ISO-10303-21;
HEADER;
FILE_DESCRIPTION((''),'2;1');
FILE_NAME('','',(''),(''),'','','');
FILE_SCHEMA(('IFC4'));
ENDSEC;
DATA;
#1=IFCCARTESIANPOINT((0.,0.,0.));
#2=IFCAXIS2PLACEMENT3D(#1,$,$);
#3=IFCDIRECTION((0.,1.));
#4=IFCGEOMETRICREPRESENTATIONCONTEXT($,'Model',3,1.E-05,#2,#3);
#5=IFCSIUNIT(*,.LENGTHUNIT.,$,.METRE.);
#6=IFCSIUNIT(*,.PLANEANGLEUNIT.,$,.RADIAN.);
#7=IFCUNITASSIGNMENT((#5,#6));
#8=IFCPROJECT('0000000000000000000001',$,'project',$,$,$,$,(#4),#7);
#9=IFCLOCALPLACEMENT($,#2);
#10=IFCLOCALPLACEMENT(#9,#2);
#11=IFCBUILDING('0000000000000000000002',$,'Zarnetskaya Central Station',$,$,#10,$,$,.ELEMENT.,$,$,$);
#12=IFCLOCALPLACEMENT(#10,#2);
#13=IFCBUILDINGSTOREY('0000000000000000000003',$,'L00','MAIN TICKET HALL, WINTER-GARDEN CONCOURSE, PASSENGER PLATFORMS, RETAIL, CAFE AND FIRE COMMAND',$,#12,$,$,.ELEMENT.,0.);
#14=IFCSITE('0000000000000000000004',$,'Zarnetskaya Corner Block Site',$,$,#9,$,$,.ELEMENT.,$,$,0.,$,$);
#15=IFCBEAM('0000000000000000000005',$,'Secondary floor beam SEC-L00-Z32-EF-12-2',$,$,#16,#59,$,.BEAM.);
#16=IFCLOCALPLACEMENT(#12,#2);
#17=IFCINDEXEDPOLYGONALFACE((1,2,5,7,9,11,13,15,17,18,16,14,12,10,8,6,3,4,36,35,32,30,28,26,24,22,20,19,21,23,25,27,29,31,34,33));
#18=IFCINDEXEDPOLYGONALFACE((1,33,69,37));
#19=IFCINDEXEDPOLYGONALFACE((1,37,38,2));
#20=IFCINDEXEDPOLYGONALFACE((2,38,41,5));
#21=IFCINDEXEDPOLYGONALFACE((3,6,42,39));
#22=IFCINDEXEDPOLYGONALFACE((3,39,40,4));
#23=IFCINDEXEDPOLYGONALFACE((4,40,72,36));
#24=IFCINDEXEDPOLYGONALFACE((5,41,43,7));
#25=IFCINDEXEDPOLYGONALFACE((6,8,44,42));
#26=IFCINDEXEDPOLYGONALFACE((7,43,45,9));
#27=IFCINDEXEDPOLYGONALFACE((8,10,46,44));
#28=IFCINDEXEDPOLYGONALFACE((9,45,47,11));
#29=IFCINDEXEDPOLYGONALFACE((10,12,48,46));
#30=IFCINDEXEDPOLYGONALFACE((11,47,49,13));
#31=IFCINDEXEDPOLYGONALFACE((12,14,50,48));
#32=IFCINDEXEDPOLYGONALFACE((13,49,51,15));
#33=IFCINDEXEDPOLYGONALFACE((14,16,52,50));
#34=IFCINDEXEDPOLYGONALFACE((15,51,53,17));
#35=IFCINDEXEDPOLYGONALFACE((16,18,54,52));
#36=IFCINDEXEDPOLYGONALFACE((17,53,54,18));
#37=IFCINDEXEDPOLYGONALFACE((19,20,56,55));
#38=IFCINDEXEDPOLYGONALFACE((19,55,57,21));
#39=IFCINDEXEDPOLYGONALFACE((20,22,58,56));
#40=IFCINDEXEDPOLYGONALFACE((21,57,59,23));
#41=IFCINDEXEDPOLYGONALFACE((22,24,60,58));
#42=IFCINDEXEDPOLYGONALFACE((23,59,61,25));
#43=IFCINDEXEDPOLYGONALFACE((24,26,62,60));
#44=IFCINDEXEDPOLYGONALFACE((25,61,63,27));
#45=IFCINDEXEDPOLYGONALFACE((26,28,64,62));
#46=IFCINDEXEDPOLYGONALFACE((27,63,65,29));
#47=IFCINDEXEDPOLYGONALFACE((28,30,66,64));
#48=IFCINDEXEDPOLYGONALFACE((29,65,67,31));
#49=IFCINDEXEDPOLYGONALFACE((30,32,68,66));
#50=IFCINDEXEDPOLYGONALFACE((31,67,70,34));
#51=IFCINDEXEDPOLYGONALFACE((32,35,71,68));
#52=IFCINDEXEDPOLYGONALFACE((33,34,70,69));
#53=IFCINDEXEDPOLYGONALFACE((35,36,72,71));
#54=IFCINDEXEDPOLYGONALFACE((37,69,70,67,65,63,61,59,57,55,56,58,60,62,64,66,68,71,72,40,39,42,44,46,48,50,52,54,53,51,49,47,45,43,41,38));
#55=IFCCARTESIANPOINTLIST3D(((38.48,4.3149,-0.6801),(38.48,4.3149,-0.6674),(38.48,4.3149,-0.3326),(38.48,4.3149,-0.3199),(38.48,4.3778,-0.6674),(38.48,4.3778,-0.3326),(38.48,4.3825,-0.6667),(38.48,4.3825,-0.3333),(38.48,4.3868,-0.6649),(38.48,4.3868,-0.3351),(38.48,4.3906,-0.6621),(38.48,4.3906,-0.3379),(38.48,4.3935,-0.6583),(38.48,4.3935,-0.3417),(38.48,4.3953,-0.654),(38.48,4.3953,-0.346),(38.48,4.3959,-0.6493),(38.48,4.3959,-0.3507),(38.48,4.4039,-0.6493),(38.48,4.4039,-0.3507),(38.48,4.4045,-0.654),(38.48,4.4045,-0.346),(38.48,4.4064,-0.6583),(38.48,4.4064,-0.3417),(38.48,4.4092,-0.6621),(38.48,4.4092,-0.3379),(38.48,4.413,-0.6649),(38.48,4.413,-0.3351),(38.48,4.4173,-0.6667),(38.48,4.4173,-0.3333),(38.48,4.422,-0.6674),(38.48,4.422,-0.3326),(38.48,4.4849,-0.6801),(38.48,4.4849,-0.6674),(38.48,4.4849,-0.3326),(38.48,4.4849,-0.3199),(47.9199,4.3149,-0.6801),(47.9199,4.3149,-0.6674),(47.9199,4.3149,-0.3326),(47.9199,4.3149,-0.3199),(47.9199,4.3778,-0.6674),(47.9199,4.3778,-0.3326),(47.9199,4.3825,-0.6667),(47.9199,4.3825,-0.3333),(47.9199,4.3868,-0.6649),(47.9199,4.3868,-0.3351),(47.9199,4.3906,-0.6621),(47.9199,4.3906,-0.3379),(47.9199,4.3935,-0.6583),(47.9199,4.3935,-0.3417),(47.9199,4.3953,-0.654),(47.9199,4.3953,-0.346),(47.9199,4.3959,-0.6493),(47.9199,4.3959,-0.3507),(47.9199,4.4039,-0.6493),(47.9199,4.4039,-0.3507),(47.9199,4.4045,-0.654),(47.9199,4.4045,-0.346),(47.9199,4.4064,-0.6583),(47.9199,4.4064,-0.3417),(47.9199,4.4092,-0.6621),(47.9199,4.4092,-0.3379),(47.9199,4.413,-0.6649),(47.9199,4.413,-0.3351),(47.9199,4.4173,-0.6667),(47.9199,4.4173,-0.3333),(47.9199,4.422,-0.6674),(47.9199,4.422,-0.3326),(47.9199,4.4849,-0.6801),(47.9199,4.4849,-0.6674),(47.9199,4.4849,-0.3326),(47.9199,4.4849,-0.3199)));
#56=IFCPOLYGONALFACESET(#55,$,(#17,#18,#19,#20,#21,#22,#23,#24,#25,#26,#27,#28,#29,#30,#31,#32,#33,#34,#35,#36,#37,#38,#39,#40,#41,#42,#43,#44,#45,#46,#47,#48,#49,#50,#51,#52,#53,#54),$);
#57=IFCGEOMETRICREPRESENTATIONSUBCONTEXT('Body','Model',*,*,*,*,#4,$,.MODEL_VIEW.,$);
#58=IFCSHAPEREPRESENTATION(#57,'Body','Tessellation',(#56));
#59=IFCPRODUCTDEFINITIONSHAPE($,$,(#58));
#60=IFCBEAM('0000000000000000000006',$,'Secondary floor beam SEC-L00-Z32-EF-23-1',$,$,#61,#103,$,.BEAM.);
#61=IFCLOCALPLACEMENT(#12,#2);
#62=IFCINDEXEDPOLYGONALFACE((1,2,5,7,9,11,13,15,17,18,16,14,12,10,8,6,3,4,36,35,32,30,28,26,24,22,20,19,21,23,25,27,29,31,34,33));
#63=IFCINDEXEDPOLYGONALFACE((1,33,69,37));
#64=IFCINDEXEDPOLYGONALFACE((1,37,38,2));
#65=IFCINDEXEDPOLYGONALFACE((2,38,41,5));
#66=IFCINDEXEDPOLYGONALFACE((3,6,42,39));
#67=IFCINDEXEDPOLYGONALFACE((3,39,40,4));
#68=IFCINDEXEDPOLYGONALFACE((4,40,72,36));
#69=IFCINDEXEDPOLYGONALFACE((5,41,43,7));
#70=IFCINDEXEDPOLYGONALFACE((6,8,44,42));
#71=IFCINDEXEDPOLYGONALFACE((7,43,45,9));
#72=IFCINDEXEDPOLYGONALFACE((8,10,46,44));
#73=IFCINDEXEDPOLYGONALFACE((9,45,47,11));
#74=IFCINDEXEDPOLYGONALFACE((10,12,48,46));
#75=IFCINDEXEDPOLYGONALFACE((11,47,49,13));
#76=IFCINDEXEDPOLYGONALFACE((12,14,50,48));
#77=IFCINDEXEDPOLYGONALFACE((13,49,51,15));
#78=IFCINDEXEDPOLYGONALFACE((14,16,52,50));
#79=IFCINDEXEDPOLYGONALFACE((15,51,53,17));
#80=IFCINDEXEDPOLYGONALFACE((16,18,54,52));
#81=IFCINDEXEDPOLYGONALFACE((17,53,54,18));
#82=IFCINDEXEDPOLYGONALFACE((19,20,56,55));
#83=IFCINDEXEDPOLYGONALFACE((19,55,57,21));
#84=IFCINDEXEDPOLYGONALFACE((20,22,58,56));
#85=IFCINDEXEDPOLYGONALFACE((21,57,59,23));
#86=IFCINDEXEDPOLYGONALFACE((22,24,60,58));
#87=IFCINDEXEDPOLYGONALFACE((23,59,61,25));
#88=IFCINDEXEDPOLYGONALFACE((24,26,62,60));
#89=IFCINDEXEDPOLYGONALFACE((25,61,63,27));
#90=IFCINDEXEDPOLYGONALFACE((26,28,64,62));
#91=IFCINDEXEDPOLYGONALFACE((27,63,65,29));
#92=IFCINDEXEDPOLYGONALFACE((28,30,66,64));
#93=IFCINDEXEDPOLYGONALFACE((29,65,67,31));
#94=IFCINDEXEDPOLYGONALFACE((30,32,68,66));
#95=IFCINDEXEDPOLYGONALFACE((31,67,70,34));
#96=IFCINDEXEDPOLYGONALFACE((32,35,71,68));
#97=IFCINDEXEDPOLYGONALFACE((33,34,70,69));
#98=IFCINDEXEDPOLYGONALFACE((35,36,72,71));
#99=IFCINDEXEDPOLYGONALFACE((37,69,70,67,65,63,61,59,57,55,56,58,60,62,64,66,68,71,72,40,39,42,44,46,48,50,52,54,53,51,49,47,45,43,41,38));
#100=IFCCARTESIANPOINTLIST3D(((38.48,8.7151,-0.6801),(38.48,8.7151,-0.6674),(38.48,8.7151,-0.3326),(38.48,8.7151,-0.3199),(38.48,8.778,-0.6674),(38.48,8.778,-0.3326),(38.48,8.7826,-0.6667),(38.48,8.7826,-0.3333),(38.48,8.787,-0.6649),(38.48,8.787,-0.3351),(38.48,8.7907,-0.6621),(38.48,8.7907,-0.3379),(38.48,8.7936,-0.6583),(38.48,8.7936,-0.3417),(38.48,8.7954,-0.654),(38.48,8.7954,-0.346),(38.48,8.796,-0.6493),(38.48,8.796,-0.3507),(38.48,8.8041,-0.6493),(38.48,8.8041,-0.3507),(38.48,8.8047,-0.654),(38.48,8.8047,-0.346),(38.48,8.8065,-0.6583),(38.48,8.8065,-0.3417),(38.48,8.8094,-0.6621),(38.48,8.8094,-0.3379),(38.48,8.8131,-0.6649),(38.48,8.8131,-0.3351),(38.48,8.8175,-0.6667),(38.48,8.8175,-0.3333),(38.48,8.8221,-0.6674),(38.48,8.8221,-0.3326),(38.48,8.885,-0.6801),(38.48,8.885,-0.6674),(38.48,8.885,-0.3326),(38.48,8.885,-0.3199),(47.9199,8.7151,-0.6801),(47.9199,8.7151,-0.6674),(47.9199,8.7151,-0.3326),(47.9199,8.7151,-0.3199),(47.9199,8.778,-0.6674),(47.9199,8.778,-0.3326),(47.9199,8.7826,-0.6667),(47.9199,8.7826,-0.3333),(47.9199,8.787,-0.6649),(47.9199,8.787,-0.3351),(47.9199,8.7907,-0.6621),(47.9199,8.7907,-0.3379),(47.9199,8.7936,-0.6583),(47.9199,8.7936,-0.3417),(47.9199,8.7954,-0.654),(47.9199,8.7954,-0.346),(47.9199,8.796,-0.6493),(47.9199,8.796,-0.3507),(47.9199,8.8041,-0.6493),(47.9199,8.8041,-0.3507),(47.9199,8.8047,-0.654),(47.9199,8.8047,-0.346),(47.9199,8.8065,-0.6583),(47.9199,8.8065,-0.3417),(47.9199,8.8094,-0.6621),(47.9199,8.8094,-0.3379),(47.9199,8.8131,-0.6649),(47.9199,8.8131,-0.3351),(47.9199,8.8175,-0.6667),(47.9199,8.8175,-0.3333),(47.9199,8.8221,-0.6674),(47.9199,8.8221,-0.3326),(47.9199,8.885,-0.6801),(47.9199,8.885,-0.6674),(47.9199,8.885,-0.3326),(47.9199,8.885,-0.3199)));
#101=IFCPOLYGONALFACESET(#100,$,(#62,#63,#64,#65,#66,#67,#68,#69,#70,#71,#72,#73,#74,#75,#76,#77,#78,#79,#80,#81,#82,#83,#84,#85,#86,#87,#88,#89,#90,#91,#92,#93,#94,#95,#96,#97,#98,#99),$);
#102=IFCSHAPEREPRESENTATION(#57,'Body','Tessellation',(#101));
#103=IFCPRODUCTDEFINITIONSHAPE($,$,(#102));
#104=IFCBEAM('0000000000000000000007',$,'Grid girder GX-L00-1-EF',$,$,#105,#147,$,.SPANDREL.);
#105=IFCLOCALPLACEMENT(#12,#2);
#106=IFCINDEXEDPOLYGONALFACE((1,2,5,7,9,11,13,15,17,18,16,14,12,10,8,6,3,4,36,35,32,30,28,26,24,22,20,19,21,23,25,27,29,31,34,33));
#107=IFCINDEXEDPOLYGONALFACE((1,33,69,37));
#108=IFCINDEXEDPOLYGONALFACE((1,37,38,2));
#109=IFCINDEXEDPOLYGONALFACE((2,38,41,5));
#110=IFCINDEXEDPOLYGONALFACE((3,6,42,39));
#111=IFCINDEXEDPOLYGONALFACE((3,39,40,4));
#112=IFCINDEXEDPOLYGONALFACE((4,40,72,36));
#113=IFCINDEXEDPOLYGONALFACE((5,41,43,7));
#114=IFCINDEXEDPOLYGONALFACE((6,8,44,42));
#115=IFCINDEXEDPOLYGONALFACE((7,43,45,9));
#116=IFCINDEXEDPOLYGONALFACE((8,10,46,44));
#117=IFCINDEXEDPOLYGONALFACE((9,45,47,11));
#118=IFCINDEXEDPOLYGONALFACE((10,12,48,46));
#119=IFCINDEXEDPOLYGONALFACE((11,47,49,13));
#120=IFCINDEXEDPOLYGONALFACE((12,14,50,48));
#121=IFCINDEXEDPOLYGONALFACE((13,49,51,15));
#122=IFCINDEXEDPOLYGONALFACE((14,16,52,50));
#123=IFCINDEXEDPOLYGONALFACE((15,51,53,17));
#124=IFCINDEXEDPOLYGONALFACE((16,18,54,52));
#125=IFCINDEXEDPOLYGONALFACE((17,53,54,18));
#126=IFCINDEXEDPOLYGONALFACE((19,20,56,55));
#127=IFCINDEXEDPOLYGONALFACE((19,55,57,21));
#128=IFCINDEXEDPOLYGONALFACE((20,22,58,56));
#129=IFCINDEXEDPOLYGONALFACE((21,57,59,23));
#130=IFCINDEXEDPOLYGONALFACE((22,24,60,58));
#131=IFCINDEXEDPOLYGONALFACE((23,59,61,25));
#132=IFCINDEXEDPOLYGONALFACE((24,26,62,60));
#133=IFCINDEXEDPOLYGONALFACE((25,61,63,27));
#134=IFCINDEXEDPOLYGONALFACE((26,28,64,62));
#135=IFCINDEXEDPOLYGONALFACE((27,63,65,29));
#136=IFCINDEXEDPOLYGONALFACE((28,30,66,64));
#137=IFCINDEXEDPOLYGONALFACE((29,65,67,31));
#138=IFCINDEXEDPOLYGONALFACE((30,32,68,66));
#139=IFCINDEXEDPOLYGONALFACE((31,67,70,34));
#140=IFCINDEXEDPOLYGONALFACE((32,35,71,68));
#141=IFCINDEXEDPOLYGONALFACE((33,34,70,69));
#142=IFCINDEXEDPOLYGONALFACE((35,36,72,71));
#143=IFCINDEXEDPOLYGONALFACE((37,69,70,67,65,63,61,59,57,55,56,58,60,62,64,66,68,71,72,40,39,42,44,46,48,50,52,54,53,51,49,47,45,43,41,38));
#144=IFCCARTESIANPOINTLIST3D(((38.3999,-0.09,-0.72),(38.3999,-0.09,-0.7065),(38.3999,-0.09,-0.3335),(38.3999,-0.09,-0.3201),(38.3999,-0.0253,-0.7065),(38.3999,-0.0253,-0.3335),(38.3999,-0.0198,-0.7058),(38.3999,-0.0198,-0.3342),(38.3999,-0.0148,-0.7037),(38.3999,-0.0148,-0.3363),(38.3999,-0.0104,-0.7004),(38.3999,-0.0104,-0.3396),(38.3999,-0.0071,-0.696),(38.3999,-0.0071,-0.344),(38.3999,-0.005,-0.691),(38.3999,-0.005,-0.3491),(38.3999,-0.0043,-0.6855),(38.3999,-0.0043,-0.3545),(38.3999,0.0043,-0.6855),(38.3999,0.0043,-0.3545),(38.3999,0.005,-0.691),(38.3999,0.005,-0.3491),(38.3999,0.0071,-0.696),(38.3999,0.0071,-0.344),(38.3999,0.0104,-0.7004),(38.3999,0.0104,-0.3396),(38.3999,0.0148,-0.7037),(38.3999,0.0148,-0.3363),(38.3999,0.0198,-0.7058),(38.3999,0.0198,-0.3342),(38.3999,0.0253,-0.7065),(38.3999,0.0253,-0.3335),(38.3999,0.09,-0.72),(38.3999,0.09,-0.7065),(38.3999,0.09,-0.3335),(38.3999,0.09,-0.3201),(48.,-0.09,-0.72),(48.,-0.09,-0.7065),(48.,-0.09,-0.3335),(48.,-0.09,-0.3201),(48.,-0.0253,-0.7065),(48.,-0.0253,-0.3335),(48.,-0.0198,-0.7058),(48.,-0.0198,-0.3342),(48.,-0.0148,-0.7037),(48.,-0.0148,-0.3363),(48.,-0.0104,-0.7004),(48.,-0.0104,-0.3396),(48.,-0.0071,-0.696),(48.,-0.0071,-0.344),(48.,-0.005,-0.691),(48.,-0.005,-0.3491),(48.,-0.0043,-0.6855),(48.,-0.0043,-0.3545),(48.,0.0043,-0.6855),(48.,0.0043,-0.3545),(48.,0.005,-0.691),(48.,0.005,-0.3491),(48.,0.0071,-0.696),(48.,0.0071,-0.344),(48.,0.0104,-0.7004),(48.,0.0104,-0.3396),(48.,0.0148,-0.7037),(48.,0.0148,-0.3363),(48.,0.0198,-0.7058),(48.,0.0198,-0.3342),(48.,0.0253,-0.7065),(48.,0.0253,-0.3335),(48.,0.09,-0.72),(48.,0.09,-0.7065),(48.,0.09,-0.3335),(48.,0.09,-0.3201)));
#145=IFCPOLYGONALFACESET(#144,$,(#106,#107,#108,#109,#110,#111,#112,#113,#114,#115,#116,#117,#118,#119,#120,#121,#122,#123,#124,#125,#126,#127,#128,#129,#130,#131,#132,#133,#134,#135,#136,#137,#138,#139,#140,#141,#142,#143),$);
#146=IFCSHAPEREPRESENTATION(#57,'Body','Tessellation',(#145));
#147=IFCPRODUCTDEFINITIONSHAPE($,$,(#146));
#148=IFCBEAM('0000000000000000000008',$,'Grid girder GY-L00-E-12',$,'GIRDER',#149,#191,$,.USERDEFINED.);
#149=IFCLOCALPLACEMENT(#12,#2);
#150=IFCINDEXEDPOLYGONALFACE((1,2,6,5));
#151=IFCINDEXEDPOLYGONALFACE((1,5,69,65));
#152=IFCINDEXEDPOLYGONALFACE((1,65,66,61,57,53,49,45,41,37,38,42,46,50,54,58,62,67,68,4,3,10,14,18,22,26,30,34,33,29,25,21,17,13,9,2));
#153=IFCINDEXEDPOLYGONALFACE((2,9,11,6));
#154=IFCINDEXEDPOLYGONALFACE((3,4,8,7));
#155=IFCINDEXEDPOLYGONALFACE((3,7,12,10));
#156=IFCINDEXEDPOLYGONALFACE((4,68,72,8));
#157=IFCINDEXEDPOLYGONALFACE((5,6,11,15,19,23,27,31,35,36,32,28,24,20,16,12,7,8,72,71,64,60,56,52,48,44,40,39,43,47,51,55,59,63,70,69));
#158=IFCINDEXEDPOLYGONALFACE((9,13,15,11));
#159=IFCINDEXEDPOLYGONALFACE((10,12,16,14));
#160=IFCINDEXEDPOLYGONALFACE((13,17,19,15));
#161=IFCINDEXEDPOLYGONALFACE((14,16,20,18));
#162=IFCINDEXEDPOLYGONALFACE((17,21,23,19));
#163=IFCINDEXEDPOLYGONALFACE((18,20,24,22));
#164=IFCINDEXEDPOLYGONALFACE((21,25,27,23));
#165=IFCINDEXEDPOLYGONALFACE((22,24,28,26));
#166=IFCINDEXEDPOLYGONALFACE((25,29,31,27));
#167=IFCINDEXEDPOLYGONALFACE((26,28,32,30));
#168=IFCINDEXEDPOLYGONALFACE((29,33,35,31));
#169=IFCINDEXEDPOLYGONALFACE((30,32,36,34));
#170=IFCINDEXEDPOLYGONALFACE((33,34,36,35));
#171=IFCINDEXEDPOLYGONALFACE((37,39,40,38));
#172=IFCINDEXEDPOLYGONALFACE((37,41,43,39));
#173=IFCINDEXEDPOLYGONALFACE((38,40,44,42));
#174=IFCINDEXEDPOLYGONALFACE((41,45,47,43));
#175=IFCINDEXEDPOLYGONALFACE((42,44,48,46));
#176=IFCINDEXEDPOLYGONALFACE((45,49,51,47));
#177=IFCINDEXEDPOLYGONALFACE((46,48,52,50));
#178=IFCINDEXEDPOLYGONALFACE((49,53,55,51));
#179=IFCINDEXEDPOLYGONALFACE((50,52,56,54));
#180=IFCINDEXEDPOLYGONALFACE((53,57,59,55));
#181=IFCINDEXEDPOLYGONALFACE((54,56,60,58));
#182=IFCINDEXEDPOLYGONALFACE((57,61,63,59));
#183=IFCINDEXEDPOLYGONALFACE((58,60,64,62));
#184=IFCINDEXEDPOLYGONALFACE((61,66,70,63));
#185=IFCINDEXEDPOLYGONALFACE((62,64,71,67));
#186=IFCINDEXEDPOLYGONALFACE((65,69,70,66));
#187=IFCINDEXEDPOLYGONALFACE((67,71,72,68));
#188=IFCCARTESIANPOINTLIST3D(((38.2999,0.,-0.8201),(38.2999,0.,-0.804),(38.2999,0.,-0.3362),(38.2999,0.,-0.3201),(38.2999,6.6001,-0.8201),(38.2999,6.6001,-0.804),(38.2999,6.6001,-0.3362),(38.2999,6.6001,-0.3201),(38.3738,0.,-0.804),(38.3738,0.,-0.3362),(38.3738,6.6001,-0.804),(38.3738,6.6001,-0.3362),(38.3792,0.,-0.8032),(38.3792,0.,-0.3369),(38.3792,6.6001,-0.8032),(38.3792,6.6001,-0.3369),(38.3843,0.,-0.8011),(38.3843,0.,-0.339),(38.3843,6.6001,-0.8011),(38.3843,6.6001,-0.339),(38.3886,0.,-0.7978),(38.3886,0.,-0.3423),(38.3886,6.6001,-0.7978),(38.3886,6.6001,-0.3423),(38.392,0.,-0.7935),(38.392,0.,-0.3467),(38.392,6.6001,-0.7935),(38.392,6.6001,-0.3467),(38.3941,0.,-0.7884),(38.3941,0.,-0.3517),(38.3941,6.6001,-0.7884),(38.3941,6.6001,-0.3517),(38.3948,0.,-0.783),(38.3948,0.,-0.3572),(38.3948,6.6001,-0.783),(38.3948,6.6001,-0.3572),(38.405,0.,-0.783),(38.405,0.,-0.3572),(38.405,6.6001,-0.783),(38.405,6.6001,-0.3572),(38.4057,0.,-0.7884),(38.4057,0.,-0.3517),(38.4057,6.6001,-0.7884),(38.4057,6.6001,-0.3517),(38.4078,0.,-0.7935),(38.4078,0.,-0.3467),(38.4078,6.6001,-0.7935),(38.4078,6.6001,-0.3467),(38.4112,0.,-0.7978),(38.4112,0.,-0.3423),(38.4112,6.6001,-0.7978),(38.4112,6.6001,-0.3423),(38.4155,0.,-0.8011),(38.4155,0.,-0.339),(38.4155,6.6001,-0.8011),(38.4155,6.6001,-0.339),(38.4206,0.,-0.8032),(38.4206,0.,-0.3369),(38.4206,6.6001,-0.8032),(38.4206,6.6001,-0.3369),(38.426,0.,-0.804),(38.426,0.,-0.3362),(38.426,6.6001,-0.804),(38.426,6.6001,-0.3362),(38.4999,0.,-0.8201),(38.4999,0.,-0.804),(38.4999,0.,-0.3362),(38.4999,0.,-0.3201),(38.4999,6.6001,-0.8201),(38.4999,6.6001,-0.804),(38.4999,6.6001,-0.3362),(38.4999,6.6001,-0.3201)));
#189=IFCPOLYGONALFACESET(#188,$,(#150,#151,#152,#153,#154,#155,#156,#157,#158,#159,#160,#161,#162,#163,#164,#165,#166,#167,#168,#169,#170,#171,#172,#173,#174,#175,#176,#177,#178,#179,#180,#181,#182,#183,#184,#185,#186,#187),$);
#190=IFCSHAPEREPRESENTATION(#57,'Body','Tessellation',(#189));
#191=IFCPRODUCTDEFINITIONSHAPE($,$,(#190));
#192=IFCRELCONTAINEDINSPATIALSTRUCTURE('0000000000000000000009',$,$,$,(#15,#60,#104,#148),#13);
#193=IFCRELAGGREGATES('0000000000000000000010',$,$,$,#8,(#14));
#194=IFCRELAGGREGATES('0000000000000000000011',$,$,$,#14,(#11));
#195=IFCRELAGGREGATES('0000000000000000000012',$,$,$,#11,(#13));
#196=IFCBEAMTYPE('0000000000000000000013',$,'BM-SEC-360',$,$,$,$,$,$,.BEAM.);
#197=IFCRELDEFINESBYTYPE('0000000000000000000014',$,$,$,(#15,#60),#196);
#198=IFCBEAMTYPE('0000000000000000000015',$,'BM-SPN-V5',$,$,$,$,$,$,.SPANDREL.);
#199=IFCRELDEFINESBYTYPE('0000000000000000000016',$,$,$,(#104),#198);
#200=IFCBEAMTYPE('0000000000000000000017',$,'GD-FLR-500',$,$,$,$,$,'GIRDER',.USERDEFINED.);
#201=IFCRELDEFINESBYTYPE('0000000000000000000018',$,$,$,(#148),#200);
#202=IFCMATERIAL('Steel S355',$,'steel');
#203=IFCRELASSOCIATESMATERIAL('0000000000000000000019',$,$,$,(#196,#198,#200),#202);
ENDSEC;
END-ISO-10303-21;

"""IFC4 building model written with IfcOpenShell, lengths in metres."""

from ifc_helpers import new_model, si_unit, direction, frame, origin, origin_2d, place, context, subcontext, project, spatial, i_section, extrude, material, material_profile, profile_set, type_object, element, save


model = new_model("IFC4")

# Units and contexts
model_context = context("Model", 3, precision=1e-05, world=origin(), true_north=direction((0.0, 1.0)))
body_context = subcontext(model_context, "Body", "Model", "MODEL_VIEW")
ifc_project = project(units=[si_unit("LENGTHUNIT", "METRE"), si_unit("PLANEANGLEUNIT", "RADIAN")], contexts=[model_context])

# Site, building, storey
site_placement = place(None, origin())
site = spatial("IfcSite", under=ifc_project, at=site_placement, Name="Zarnetskaya Corner Block Site", CompositionType="ELEMENT", RefElevation=0.0)
building_placement = place(site_placement, origin())
building = spatial("IfcBuilding", under=site, at=building_placement, Name="Zarnetskaya Central Station", CompositionType="ELEMENT")
storey_placement = place(building_placement, origin())
storey = spatial("IfcBuildingStorey", under=building, at=storey_placement, Name="L00", Description="MAIN TICKET HALL, WINTER-GARDEN CONCOURSE, PASSENGER PLATFORMS, RETAIL, CAFE AND FIRE COMMAND", CompositionType="ELEMENT", Elevation=0.0)

# Shared definitions
ifc_material_1 = material(Name="Steel S355", Category="steel")

# Beams
ifc_material_profile_1 = material_profile(ifc_material_1, i_section(OverallWidth=0.1699, OverallDepth=0.3601, WebThickness=0.0081, FlangeThickness=0.0127, FilletRadius=0.0181, at=origin_2d()), Name="IPE 360")
ifc_profile_set_1 = profile_set([ifc_material_profile_1], Name="Steel S355")
beam_type_1 = type_object("IfcBeamType", Name="BM-SEC-360", PredefinedType="BEAM", material=ifc_profile_set_1)
for number, where, z_axis, x_axis, name in (
    (1, (38.48, 4.3999, -0.5), (1.0, 0.0, 0.0), (0.0, 1.0, 0.0), "Secondary floor beam SEC-L00-Z32-EF-12-2"),
    (2, (38.48, 8.8, -0.5), (1.0, 0.0, 0.0), (0.0, 1.0, 0.0), "Secondary floor beam SEC-L00-Z32-EF-23-1"),
):
    element("IfcBeam", number, at=place(storey_placement, frame(where, z_axis=z_axis, x_axis=x_axis)), inside=storey, type_object=beam_type_1, Name=name, PredefinedType="BEAM", context=body_context, shape_type="SweptSolid", body=[
        extrude(i_section(OverallWidth=0.1699, OverallDepth=0.3601, WebThickness=0.0081, FlangeThickness=0.0127, FilletRadius=0.0181, at=origin_2d()), origin(), (0.0, 0.0, 1.0), 9.4399),
    ])
ifc_material_profile_2 = material_profile(ifc_material_1, i_section(OverallWidth=0.1799, OverallDepth=0.3999, WebThickness=0.0085, FlangeThickness=0.0134, FilletRadius=0.021, at=origin_2d()), Name="IPE 400")
ifc_profile_set_2 = profile_set([ifc_material_profile_2], Name="Steel S355")
beam_type_2 = type_object("IfcBeamType", Name="BM-SPN-V5", PredefinedType="SPANDREL", material=ifc_profile_set_2)
beam_1_placement = place(storey_placement, frame((38.3999, 0.0, -0.52), z_axis=(1.0, 0.0, 0.0), x_axis=(0.0, 1.0, 0.0)))
element("IfcBeam", 3, at=beam_1_placement, inside=storey, type_object=beam_type_2, Name="Grid girder GX-L00-1-EF", PredefinedType="SPANDREL", context=body_context, shape_type="SweptSolid", body=[
    extrude(i_section(OverallWidth=0.1799, OverallDepth=0.3999, WebThickness=0.0085, FlangeThickness=0.0134, FilletRadius=0.021, at=origin_2d()), origin(), (0.0, 0.0, 1.0), 9.6001),
])
ifc_material_profile_3 = material_profile(ifc_material_1, i_section(OverallWidth=0.2, OverallDepth=0.5, WebThickness=0.0103, FlangeThickness=0.0161, FilletRadius=0.021, at=origin_2d()), Name="IPE 500")
ifc_profile_set_3 = profile_set([ifc_material_profile_3], Name="Steel S355")
beam_type_3 = type_object("IfcBeamType", Name="GD-FLR-500", ElementType="GIRDER", PredefinedType="USERDEFINED", material=ifc_profile_set_3)
beam_2_placement = place(storey_placement, frame((38.3999, 0.0, -0.5701), z_axis=(0.0, 1.0, 0.0), x_axis=(-1.0, 0.0, 0.0)))
element("IfcBeam", 4, at=beam_2_placement, inside=storey, type_object=beam_type_3, Name="Grid girder GY-L00-E-12", ObjectType="GIRDER", PredefinedType="USERDEFINED", context=body_context, shape_type="SweptSolid", body=[
    extrude(i_section(OverallWidth=0.2, OverallDepth=0.5, WebThickness=0.0103, FlangeThickness=0.0161, FilletRadius=0.021, at=origin_2d()), origin(), (0.0, 0.0, 1.0), 6.6001),
])

save(model, "model.ifc")
